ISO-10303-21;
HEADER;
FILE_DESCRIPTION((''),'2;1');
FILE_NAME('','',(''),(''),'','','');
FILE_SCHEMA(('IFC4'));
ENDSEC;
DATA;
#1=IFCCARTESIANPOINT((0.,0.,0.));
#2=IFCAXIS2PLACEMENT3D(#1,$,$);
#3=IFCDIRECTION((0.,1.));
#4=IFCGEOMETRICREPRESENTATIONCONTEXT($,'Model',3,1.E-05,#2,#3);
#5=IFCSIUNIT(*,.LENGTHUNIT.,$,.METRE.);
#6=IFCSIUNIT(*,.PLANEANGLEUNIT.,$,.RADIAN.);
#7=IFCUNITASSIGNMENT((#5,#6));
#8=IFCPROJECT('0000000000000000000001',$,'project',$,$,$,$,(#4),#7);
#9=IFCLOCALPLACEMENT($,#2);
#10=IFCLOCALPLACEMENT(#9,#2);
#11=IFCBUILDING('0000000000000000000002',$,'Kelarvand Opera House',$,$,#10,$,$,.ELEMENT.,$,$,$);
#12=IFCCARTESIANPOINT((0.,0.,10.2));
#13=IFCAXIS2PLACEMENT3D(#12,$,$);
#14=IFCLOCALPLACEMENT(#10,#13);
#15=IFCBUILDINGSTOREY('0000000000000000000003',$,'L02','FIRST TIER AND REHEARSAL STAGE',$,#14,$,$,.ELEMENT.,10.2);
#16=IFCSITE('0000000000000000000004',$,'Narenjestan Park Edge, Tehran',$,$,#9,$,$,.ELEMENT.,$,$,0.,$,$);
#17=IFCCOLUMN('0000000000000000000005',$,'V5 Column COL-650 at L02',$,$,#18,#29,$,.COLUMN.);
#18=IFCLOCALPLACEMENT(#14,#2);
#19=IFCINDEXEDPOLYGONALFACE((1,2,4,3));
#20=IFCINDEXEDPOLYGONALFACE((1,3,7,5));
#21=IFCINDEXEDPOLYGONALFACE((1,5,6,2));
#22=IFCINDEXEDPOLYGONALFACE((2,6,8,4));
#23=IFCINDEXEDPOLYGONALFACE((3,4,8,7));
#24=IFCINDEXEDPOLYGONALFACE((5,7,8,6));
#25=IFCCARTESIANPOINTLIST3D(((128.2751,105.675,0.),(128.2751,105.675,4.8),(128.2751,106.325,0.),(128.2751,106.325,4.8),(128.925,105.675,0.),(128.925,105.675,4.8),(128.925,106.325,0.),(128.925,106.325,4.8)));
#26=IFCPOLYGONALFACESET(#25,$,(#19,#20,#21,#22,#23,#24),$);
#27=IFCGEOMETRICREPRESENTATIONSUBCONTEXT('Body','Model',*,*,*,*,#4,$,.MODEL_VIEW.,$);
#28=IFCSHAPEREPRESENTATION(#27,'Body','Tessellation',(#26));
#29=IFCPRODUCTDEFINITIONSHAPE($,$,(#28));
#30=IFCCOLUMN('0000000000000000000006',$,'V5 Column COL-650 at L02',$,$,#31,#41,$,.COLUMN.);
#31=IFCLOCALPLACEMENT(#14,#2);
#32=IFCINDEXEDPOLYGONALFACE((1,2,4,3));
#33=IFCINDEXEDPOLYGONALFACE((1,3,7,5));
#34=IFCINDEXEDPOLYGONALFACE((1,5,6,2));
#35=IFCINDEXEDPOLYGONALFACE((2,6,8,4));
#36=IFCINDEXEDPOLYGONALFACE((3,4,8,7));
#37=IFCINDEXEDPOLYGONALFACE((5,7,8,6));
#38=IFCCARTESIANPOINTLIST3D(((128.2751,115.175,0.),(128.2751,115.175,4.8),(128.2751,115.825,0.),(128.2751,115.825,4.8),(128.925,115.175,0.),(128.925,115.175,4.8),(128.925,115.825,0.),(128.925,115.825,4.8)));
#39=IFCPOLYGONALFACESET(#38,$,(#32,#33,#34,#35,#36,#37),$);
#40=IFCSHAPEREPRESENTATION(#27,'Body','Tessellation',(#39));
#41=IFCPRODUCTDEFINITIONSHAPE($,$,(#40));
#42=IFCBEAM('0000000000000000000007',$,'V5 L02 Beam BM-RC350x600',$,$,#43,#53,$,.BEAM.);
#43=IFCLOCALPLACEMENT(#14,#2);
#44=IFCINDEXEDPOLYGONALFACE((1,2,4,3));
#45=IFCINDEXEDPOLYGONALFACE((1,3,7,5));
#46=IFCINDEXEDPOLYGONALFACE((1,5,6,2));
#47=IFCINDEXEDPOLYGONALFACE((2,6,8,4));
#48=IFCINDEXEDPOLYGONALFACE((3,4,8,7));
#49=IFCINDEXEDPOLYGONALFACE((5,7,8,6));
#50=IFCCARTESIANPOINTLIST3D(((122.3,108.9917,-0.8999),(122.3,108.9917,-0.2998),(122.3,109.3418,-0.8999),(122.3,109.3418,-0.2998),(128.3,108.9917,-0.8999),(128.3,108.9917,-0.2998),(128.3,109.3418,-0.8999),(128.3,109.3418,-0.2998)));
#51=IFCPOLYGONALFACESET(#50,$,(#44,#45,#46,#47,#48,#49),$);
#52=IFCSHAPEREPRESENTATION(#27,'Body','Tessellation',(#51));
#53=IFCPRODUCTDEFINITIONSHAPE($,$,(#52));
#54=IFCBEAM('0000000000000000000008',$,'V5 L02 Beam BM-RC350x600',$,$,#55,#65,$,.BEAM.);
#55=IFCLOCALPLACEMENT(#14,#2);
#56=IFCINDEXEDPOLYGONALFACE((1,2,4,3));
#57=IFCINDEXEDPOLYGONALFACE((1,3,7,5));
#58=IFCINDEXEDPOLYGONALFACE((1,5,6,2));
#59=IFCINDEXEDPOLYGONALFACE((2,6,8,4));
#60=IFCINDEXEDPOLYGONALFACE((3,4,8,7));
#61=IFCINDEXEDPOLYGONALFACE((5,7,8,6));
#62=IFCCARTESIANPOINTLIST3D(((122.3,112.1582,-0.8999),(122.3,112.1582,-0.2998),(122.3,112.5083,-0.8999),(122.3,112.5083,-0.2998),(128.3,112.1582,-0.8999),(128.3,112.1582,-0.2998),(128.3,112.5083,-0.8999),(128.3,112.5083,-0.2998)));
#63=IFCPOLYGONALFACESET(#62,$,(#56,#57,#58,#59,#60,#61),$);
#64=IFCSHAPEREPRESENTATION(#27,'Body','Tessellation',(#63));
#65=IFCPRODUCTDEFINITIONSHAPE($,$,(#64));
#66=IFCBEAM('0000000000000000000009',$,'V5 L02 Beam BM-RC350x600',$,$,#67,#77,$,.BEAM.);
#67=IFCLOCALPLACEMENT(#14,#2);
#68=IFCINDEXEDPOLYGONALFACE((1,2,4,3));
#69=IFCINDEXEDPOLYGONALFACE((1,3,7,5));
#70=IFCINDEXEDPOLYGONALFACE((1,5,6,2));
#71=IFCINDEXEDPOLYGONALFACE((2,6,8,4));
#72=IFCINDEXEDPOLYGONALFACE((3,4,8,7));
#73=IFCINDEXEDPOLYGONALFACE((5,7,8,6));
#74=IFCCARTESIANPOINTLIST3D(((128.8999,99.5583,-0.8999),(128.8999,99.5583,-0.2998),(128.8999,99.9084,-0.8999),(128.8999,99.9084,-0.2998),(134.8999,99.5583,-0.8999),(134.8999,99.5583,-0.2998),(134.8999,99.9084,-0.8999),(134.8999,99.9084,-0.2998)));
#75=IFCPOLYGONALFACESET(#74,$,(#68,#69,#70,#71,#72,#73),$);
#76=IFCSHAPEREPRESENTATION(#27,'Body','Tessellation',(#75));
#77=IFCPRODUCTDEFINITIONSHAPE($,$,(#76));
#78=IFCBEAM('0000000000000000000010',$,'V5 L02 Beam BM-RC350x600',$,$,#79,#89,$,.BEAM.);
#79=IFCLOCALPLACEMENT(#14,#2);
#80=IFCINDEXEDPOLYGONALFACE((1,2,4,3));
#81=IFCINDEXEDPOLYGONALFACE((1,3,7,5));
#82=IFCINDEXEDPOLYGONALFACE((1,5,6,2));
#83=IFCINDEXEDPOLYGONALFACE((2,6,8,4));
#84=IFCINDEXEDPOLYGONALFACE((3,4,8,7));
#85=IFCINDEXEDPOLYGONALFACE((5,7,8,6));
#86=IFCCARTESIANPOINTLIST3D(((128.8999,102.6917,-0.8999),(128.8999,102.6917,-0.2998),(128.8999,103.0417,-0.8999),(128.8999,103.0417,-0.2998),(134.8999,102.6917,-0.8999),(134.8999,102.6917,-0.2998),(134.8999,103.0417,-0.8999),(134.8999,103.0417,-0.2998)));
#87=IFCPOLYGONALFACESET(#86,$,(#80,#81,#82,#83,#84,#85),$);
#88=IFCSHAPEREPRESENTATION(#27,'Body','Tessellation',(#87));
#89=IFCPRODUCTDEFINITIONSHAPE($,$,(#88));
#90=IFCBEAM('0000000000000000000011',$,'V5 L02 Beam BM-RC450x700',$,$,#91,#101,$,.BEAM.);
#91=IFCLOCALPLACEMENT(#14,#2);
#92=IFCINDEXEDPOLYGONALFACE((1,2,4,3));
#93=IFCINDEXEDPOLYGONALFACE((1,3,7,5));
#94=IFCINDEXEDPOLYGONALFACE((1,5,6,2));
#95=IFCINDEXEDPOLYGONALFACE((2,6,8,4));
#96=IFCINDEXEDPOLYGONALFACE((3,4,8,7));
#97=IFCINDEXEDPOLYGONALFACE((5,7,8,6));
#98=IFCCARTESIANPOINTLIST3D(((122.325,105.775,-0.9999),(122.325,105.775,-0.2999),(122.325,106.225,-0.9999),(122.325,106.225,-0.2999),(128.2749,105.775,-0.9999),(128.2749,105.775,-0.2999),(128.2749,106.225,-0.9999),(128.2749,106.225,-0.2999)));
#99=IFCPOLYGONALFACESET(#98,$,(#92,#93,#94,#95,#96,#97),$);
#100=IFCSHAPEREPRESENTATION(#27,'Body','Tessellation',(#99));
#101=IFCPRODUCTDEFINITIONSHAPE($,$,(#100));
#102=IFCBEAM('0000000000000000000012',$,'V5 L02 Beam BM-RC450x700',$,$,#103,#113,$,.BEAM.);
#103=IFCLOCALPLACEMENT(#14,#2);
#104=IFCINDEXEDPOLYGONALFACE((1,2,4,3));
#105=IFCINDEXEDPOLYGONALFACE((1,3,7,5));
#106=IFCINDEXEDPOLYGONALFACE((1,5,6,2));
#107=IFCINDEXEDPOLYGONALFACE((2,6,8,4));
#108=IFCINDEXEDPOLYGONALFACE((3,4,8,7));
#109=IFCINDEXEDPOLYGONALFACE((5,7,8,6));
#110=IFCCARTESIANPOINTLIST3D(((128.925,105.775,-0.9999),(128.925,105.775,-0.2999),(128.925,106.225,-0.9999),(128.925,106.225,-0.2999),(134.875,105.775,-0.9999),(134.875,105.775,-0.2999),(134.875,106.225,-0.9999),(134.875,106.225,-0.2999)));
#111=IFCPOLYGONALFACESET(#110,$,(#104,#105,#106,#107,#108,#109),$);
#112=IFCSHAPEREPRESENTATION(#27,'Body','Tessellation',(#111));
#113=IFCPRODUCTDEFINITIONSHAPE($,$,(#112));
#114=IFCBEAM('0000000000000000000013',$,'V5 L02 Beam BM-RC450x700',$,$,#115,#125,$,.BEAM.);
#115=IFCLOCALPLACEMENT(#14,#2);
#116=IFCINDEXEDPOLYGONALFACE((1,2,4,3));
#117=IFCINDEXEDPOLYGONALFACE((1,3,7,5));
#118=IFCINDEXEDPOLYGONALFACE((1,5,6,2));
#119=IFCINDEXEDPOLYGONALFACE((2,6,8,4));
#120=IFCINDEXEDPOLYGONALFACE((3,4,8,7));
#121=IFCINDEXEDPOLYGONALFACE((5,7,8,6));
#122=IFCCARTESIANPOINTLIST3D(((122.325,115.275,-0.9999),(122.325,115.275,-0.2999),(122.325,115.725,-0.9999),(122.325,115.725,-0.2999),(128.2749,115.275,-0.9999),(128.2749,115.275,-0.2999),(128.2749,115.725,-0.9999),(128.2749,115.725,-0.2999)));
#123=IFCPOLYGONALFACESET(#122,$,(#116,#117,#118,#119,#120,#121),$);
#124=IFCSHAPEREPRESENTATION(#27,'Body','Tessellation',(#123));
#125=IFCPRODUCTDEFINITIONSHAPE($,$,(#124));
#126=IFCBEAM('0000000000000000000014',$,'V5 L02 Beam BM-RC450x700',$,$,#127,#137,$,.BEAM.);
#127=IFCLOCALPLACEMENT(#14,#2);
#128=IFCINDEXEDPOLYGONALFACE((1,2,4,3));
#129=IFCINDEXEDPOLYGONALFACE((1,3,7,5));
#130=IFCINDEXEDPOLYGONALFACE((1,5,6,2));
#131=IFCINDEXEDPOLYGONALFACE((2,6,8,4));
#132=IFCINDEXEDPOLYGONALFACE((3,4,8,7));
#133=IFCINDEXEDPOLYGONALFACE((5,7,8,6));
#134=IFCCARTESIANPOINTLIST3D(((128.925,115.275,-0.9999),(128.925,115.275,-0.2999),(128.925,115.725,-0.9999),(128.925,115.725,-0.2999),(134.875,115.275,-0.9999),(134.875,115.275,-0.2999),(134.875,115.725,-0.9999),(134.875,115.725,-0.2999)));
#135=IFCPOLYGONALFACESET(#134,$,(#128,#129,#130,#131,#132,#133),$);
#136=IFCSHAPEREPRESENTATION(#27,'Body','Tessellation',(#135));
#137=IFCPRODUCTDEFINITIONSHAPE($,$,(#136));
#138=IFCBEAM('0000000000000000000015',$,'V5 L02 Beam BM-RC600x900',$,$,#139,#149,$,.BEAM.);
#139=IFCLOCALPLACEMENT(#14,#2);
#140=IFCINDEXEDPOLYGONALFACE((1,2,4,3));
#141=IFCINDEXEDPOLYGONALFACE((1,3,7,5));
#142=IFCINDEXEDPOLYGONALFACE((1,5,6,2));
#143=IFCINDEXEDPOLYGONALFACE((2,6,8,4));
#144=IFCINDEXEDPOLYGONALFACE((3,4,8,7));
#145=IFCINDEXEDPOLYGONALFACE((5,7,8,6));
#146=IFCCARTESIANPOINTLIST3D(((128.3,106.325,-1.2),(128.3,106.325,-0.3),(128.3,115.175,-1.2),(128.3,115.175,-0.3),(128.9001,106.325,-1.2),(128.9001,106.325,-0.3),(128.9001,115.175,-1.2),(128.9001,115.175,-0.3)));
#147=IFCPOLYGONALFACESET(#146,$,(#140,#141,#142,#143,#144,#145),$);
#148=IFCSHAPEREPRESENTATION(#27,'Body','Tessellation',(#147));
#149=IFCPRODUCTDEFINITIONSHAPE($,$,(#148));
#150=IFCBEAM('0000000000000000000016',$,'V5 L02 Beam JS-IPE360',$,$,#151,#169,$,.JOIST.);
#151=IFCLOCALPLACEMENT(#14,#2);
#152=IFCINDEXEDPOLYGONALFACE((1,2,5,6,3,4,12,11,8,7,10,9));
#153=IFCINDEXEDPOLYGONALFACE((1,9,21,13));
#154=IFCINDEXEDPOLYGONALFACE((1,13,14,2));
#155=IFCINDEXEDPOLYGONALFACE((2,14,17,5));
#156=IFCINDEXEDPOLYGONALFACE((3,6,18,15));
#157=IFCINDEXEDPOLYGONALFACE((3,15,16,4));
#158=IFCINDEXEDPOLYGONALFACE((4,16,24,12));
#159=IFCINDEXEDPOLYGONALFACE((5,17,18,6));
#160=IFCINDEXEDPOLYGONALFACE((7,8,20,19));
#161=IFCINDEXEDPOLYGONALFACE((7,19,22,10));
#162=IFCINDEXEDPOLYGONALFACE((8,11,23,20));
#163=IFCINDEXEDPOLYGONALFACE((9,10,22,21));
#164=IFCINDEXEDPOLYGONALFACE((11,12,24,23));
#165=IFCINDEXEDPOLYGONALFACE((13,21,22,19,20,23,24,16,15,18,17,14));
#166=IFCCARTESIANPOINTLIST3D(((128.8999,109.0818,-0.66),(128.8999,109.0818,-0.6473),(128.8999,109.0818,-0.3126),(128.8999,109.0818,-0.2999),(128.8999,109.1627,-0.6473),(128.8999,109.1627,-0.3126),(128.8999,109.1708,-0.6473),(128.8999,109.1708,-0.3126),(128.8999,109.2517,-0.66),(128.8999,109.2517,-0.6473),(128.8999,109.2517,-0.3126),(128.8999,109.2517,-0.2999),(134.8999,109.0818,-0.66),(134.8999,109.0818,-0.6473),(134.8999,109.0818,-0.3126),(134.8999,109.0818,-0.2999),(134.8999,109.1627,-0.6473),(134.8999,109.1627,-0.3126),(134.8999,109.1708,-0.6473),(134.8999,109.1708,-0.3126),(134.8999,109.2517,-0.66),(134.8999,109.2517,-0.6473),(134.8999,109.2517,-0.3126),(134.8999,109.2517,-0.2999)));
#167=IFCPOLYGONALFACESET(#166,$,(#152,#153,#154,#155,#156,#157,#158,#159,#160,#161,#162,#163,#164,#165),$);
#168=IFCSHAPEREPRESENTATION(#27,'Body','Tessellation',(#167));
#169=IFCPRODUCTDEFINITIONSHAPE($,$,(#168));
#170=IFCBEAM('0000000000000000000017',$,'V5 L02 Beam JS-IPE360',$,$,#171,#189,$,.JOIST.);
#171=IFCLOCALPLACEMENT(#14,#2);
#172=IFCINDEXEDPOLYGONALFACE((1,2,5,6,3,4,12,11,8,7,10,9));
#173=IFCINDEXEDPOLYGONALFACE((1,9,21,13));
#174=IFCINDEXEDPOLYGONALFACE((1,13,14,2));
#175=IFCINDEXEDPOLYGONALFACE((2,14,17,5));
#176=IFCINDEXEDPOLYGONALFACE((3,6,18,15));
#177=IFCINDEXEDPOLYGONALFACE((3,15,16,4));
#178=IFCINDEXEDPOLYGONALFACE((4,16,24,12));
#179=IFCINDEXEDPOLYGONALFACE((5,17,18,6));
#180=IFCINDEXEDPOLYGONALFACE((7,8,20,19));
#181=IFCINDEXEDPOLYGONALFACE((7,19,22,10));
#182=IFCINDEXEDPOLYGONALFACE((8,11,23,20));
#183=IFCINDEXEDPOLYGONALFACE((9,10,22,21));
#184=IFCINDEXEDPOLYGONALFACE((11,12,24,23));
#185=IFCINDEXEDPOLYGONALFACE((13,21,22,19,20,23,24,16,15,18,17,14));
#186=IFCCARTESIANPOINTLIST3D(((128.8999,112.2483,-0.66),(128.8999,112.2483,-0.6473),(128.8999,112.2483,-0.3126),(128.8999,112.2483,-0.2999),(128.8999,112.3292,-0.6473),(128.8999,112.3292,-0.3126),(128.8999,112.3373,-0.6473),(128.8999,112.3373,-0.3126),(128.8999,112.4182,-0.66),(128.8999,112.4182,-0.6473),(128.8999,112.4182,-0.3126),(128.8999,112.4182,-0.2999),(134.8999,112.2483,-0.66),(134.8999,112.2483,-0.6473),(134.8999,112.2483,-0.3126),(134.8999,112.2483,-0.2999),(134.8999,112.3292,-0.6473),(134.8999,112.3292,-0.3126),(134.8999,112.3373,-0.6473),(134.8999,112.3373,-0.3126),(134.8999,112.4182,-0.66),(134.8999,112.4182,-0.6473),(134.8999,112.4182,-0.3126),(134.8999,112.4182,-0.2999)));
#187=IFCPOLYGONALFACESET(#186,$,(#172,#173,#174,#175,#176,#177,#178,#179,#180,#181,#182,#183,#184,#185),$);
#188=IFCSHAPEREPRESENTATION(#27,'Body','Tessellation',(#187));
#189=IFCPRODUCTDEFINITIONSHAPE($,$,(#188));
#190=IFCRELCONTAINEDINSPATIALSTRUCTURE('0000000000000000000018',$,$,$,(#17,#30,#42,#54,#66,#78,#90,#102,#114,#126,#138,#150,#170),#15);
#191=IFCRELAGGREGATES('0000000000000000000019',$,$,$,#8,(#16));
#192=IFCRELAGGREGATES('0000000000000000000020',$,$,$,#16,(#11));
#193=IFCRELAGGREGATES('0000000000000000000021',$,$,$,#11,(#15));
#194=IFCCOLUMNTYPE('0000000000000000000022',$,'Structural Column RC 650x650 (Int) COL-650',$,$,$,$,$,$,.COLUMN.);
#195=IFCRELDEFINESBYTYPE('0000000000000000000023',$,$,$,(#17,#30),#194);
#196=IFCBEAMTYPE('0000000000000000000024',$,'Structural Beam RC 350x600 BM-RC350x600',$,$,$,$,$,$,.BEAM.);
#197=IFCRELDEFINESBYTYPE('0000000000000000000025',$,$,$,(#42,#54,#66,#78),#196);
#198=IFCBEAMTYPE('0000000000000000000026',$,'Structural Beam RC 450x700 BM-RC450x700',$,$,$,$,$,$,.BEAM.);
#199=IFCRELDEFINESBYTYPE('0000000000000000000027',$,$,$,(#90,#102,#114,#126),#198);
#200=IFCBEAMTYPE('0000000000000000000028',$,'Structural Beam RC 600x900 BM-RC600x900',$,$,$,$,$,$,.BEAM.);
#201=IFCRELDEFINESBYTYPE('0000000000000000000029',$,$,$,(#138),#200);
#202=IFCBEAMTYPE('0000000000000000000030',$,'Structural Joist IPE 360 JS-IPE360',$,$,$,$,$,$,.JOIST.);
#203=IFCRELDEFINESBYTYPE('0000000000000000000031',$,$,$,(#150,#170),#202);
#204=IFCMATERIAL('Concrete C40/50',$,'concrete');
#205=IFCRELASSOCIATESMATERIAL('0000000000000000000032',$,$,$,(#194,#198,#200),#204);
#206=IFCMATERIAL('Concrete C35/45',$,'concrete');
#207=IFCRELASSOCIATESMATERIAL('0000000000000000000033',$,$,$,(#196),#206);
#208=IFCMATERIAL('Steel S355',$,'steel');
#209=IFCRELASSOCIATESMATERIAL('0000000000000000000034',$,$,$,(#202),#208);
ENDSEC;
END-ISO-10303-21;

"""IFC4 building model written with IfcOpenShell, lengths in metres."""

from ifc_helpers import new_model, si_unit, direction, frame, origin, origin_2d, place, context, subcontext, project, spatial, rectangle, i_section, extrude, material, material_profile, profile_set, type_object, element, save


model = new_model("IFC4")

# Units and contexts
model_context = context("Model", 3, precision=1e-05, world=origin(), true_north=direction((0.0, 1.0)))
body_context = subcontext(model_context, "Body", "Model", "MODEL_VIEW")
ifc_project = project(units=[si_unit("LENGTHUNIT", "METRE"), si_unit("PLANEANGLEUNIT", "RADIAN")], contexts=[model_context])

# Site, building, storey
site_placement = place(None, origin())
site = spatial("IfcSite", under=ifc_project, at=site_placement, Name="Narenjestan Park Edge, Tehran", CompositionType="ELEMENT", RefElevation=0.0)
building_placement = place(site_placement, origin())
building = spatial("IfcBuilding", under=site, at=building_placement, Name="Kelarvand Opera House", CompositionType="ELEMENT")
storey_placement = place(building_placement, frame((0.0, 0.0, 10.2)))
storey = spatial("IfcBuildingStorey", under=building, at=storey_placement, Name="L02", Description="FIRST TIER AND REHEARSAL STAGE", CompositionType="ELEMENT", Elevation=10.2)

# Columns
ifc_material_1 = material(Name="Concrete C40/50", Category="concrete")
ifc_material_profile_1 = material_profile(ifc_material_1, rectangle(XDim=0.6499, YDim=0.6499, at=origin_2d()), Name="RC 650x650", Category="concrete")
ifc_profile_set_1 = profile_set([ifc_material_profile_1], Name="Concrete C40/50")
column_type = type_object("IfcColumnType", Name="Structural Column RC 650x650 (Int) COL-650", PredefinedType="COLUMN", material=ifc_profile_set_1)
for number, where, z_axis, x_axis, name in (
    (1, (128.6001, 106.0, 0.0), (0.0, 0.0, 1.0), (1.0, 0.0, 0.0), "V5 Column COL-650 at L02"),
    (2, (128.6001, 115.5, 0.0), (0.0, 0.0, 1.0), (1.0, 0.0, 0.0), "V5 Column COL-650 at L02"),
):
    element("IfcColumn", number, at=place(storey_placement, frame(where, z_axis=z_axis, x_axis=x_axis)), inside=storey, type_object=column_type, Name=name, PredefinedType="COLUMN", context=body_context, shape_type="SweptSolid", body=[
        extrude(rectangle(XDim=0.6499, YDim=0.6499, at=origin_2d()), origin(), (0.0, 0.0, 1.0), 4.8),
    ])

# Beams
ifc_material_2 = material(Name="Concrete C35/45", Category="concrete")
ifc_material_profile_2 = material_profile(ifc_material_2, rectangle(XDim=0.3501, YDim=0.6001, at=origin_2d()), Name="RC 350x600", Category="concrete")
ifc_profile_set_2 = profile_set([ifc_material_profile_2], Name="Concrete C35/45")
beam_type_1 = type_object("IfcBeamType", Name="Structural Beam RC 350x600 BM-RC350x600", PredefinedType="BEAM", material=ifc_profile_set_2)
for number, where, z_axis, x_axis, name in (
    (3, (122.3, 109.1667, -0.5999), (1.0, 0.0, 0.0), (0.0, 1.0, 0.0), "V5 L02 Beam BM-RC350x600"),
    (4, (122.3, 112.3333, -0.5999), (1.0, 0.0, 0.0), (0.0, 1.0, 0.0), "V5 L02 Beam BM-RC350x600"),
    (5, (128.8999, 99.7334, -0.5999), (1.0, 0.0, 0.0), (0.0, 1.0, 0.0), "V5 L02 Beam BM-RC350x600"),
    (6, (128.8999, 102.8667, -0.5999), (1.0, 0.0, 0.0), (0.0, 1.0, 0.0), "V5 L02 Beam BM-RC350x600"),
):
    element("IfcBeam", number, at=place(storey_placement, frame(where, z_axis=z_axis, x_axis=x_axis)), inside=storey, type_object=beam_type_1, Name=name, PredefinedType="BEAM", context=body_context, shape_type="SweptSolid", body=[
        extrude(rectangle(XDim=0.3501, YDim=0.6001, at=origin_2d()), origin(), (0.0, 0.0, 1.0), 6.0),
    ])
ifc_material_profile_3 = material_profile(ifc_material_1, rectangle(XDim=0.45, YDim=0.7, at=origin_2d()), Name="RC 450x700", Category="concrete")
ifc_profile_set_3 = profile_set([ifc_material_profile_3], Name="Concrete C40/50")
beam_type_2 = type_object("IfcBeamType", Name="Structural Beam RC 450x700 BM-RC450x700", PredefinedType="BEAM", material=ifc_profile_set_3)
for number, where, z_axis, x_axis, name in (
    (7, (122.325, 106.0, -0.6499), (1.0, 0.0, 0.0), (0.0, 1.0, 0.0), "V5 L02 Beam BM-RC450x700"),
    (8, (128.925, 106.0, -0.6499), (1.0, 0.0, 0.0), (0.0, 1.0, 0.0), "V5 L02 Beam BM-RC450x700"),
    (9, (122.325, 115.5, -0.6499), (1.0, 0.0, 0.0), (0.0, 1.0, 0.0), "V5 L02 Beam BM-RC450x700"),
    (10, (128.925, 115.5, -0.6499), (1.0, 0.0, 0.0), (0.0, 1.0, 0.0), "V5 L02 Beam BM-RC450x700"),
):
    element("IfcBeam", number, at=place(storey_placement, frame(where, z_axis=z_axis, x_axis=x_axis)), inside=storey, type_object=beam_type_2, Name=name, PredefinedType="BEAM", context=body_context, shape_type="SweptSolid", body=[
        extrude(rectangle(XDim=0.45, YDim=0.7, at=origin_2d()), origin(), (0.0, 0.0, 1.0), 5.95),
    ])
ifc_material_profile_4 = material_profile(ifc_material_1, rectangle(XDim=0.6001, YDim=0.8999, at=origin_2d()), Name="RC 600x900", Category="concrete")
ifc_profile_set_4 = profile_set([ifc_material_profile_4], Name="Concrete C40/50")
beam_type_3 = type_object("IfcBeamType", Name="Structural Beam RC 600x900 BM-RC600x900", PredefinedType="BEAM", material=ifc_profile_set_4)
beam_1_placement = place(storey_placement, frame((128.6001, 106.325, -0.75), z_axis=(0.0, 1.0, 0.0), x_axis=(-1.0, 0.0, 0.0)))
element("IfcBeam", 11, at=beam_1_placement, inside=storey, type_object=beam_type_3, Name="V5 L02 Beam BM-RC600x900", PredefinedType="BEAM", context=body_context, shape_type="SweptSolid", body=[
    extrude(rectangle(XDim=0.6001, YDim=0.8999, at=origin_2d()), origin(), (0.0, 0.0, 1.0), 8.8501),
])
ifc_material_3 = material(Name="Steel S355", Category="steel")
ifc_material_profile_5 = material_profile(ifc_material_3, i_section(OverallWidth=0.1699, OverallDepth=0.3601, WebThickness=0.0081, FlangeThickness=0.0127, at=origin_2d()), Name="IPE 360", Category="steel")
ifc_profile_set_5 = profile_set([ifc_material_profile_5], Name="Steel S355")
beam_type_4 = type_object("IfcBeamType", Name="Structural Joist IPE 360 JS-IPE360", PredefinedType="JOIST", material=ifc_profile_set_5)
for number, where, z_axis, x_axis, name in (
    (12, (128.8999, 109.1667, -0.48), (1.0, 0.0, 0.0), (0.0, 1.0, 0.0), "V5 L02 Beam JS-IPE360"),
    (13, (128.8999, 112.3333, -0.48), (1.0, 0.0, 0.0), (0.0, 1.0, 0.0), "V5 L02 Beam JS-IPE360"),
):
    element("IfcBeam", number, at=place(storey_placement, frame(where, z_axis=z_axis, x_axis=x_axis)), inside=storey, type_object=beam_type_4, Name=name, PredefinedType="JOIST", context=body_context, shape_type="SweptSolid", body=[
        extrude(i_section(OverallWidth=0.1699, OverallDepth=0.3601, WebThickness=0.0081, FlangeThickness=0.0127, at=origin_2d()), origin(), (0.0, 0.0, 1.0), 6.0),
    ])

save(model, "model.ifc")
